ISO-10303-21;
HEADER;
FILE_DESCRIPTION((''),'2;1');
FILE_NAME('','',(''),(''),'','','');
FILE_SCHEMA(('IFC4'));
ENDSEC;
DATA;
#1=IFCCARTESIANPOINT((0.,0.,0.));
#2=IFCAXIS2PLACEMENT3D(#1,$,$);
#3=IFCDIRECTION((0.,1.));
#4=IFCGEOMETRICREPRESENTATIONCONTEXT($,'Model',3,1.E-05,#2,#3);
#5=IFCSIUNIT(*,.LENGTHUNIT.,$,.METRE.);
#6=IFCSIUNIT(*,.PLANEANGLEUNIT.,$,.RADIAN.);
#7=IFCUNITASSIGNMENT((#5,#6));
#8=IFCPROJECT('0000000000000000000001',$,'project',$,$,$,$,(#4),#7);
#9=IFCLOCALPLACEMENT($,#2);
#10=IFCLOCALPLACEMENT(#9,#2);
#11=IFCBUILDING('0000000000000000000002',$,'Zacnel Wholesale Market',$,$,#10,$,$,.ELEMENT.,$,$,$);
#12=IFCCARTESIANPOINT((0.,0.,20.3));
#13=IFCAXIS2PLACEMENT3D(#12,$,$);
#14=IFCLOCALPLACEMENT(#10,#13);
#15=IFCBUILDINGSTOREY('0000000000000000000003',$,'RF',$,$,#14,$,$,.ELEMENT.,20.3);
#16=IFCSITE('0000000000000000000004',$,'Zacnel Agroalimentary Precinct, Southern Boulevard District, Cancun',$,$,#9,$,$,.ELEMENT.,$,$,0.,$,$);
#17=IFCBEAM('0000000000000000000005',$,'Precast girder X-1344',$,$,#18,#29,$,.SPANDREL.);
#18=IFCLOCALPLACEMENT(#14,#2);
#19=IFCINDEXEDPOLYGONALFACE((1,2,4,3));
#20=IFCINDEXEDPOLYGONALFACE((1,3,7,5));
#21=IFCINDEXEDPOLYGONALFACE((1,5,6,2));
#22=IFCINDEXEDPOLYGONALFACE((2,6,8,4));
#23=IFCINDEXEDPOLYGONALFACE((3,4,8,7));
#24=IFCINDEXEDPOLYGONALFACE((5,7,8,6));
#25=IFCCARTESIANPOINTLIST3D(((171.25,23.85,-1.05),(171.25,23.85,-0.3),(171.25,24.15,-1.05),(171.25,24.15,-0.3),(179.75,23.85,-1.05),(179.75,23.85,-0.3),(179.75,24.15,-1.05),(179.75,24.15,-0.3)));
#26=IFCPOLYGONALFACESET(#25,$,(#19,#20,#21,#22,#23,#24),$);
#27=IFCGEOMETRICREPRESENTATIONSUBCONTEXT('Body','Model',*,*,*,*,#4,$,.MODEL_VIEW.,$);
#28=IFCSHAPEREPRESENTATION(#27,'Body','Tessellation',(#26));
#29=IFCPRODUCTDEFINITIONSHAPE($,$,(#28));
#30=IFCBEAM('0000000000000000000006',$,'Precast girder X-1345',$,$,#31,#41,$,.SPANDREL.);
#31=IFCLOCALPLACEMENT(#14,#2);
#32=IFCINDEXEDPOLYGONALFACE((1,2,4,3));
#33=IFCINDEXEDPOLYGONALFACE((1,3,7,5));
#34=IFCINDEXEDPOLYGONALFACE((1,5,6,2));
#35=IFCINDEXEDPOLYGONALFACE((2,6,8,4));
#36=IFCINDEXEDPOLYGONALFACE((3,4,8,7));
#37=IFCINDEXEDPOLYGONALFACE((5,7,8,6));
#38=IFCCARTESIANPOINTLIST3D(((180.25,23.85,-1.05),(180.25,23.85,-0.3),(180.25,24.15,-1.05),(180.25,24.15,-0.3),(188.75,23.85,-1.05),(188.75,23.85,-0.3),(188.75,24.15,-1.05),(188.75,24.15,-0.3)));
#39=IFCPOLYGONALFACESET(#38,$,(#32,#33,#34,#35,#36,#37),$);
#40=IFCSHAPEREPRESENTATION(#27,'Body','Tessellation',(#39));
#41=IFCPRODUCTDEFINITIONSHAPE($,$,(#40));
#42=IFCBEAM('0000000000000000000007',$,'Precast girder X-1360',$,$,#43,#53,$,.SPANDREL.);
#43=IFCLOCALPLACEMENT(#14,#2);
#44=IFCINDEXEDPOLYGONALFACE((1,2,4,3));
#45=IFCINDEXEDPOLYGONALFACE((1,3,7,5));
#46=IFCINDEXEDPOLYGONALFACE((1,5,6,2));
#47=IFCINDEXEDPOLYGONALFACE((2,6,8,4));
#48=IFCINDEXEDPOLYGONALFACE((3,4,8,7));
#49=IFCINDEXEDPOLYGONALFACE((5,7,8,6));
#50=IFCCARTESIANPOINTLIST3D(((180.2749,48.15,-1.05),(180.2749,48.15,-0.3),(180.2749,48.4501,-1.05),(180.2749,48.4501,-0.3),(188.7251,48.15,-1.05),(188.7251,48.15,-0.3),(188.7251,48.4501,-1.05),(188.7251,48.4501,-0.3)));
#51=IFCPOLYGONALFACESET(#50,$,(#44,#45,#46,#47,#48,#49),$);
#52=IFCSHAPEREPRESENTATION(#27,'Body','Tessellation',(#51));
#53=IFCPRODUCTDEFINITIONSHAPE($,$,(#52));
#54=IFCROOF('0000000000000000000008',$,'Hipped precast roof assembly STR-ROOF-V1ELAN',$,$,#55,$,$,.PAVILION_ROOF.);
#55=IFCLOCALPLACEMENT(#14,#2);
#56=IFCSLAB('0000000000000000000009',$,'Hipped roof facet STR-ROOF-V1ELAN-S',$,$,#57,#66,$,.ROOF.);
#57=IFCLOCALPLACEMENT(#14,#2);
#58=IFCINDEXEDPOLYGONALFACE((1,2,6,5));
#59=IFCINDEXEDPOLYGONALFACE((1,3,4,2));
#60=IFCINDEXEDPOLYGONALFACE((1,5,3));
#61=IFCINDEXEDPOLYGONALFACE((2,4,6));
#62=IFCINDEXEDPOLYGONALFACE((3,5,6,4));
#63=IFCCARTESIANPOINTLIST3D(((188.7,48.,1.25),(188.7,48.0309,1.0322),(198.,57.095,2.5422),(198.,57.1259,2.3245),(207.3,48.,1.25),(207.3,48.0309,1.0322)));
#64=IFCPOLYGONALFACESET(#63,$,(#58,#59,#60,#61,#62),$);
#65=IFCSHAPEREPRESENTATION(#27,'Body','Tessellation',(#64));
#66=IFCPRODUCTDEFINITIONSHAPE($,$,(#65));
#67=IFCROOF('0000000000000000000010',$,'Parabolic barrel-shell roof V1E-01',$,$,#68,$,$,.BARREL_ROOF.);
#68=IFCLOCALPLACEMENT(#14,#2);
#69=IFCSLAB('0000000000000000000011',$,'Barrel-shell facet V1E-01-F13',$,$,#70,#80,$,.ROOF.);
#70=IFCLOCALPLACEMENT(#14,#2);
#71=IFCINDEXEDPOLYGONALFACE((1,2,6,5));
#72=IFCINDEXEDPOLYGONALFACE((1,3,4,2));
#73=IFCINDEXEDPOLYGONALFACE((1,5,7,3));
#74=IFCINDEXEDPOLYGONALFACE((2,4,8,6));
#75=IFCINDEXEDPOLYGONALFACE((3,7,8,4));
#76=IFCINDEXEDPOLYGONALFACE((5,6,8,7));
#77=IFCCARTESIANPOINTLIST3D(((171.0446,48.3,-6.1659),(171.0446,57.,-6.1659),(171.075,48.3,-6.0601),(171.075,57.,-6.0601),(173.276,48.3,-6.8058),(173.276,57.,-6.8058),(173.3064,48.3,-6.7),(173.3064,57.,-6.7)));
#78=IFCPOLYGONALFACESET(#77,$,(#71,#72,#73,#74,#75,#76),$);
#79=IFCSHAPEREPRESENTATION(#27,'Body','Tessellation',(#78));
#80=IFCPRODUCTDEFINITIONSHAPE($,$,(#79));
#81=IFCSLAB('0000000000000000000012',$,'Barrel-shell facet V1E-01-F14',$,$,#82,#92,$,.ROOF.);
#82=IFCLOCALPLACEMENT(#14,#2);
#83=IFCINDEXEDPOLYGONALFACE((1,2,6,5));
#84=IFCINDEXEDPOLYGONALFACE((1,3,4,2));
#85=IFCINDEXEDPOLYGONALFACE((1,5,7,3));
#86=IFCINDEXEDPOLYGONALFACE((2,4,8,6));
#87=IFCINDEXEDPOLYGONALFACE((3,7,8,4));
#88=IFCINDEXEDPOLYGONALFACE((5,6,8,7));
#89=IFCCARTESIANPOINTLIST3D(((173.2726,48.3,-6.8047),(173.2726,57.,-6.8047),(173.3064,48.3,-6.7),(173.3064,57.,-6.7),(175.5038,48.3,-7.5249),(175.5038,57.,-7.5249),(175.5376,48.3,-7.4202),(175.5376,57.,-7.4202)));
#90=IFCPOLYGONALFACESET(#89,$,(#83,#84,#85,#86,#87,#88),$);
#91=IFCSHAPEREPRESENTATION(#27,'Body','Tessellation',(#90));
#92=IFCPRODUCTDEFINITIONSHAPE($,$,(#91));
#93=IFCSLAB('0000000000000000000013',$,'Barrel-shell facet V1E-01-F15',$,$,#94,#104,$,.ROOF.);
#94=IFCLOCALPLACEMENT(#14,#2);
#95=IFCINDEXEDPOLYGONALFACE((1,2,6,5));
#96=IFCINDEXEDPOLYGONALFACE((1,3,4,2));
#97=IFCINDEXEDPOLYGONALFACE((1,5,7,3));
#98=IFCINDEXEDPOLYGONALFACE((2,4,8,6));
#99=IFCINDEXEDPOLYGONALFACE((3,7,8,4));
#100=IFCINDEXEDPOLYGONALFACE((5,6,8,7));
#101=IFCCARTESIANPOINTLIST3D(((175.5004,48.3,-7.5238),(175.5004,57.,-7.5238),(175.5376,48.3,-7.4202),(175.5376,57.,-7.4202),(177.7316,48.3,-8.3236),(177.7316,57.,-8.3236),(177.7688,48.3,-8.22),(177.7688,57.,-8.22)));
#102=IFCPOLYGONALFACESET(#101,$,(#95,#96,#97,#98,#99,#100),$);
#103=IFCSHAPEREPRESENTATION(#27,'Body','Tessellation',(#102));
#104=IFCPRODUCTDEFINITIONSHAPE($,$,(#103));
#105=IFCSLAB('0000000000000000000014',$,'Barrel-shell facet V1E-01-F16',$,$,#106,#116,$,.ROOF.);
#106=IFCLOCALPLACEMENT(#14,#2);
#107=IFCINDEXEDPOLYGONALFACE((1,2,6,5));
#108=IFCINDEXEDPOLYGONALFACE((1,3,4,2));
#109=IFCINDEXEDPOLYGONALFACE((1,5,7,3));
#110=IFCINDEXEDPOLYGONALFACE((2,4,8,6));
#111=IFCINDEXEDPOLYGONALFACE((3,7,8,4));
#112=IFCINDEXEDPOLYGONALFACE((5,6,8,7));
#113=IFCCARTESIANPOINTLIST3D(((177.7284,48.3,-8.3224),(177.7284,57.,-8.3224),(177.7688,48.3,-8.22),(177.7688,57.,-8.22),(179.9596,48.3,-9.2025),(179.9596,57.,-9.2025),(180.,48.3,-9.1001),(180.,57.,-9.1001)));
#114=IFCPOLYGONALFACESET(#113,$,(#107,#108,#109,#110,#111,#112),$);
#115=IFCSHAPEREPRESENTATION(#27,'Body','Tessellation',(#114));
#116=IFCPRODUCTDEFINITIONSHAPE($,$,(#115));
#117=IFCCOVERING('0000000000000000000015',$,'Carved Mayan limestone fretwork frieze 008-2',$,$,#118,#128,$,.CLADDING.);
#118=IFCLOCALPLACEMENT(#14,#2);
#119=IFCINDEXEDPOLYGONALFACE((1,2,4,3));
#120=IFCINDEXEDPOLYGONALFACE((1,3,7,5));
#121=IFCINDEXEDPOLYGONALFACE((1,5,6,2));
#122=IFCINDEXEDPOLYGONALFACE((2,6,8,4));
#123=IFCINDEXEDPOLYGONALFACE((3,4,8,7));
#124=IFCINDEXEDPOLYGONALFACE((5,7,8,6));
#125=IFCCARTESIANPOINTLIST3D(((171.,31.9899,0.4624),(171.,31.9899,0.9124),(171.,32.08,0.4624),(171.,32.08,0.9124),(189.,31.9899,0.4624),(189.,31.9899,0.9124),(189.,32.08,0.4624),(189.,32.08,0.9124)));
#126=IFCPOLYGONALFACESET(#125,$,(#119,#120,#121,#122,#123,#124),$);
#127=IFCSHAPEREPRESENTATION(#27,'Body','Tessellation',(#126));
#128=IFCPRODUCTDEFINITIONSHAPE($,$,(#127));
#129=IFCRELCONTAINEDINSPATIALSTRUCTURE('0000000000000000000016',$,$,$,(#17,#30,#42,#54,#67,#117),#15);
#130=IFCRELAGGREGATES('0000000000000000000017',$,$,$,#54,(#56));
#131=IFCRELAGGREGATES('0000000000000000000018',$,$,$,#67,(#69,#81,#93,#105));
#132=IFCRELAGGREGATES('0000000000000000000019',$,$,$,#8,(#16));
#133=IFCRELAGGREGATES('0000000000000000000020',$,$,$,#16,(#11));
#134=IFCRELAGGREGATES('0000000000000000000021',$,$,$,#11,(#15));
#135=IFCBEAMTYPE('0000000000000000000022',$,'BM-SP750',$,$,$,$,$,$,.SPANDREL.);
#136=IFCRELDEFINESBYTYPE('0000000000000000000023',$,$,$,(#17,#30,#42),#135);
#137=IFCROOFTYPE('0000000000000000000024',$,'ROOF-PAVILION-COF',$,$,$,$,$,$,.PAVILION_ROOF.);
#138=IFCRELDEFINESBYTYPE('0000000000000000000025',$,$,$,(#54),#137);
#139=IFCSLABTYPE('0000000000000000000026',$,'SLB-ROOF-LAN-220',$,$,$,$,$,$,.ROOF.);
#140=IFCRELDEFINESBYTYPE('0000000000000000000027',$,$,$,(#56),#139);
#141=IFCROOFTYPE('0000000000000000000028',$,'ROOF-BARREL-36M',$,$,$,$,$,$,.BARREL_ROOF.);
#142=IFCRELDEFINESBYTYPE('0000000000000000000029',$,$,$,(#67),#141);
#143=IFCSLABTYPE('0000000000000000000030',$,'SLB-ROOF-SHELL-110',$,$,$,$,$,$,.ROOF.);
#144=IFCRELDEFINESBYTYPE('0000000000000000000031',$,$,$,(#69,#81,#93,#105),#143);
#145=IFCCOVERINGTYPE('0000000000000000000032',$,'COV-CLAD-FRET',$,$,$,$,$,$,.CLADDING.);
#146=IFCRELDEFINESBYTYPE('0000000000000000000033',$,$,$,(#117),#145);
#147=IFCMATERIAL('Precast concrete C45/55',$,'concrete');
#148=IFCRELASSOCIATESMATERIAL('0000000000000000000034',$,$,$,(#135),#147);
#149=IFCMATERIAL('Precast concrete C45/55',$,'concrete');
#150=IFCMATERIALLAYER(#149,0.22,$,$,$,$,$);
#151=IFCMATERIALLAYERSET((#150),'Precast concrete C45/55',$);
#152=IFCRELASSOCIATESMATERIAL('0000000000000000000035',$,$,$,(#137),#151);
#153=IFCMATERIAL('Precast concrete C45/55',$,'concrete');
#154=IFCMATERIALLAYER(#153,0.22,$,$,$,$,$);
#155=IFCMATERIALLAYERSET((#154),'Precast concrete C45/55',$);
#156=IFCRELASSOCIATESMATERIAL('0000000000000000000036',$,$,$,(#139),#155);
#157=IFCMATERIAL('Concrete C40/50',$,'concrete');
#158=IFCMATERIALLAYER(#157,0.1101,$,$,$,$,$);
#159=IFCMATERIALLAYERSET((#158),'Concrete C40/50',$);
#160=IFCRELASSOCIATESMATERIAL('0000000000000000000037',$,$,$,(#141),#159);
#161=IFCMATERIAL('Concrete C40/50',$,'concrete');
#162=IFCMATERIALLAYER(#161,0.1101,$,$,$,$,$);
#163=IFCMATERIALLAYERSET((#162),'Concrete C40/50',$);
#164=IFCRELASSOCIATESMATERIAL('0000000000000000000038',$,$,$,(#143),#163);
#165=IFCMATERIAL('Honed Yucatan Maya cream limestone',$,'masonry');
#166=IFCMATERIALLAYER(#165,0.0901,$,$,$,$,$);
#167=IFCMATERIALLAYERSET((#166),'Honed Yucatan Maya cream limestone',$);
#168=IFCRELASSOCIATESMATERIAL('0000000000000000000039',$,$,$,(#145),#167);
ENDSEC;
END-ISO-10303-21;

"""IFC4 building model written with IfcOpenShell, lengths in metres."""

from ifc_helpers import new_model, si_unit, direction, frame, origin, origin_2d, place, context, subcontext, project, spatial, polyline, rectangle, outline, extrude, material, layer, layer_set, material_profile, profile_set, type_object, element, aggregate, save


model = new_model("IFC4")

# Units and contexts
model_context = context("Model", 3, precision=1e-05, world=origin(), true_north=direction((0.0, 1.0)))
body_context = subcontext(model_context, "Body", "Model", "MODEL_VIEW")
ifc_project = project(units=[si_unit("LENGTHUNIT", "METRE"), si_unit("PLANEANGLEUNIT", "RADIAN")], contexts=[model_context])

# Site, building, storey
site_placement = place(None, origin())
site = spatial("IfcSite", under=ifc_project, at=site_placement, Name="Zacnel Agroalimentary Precinct, Southern Boulevard District, Cancun", CompositionType="ELEMENT", RefElevation=0.0)
building_placement = place(site_placement, origin())
building = spatial("IfcBuilding", under=site, at=building_placement, Name="Zacnel Wholesale Market", CompositionType="ELEMENT")
storey_placement = place(building_placement, frame((0.0, 0.0, 20.3)))
storey = spatial("IfcBuildingStorey", under=building, at=storey_placement, Name="RF", CompositionType="ELEMENT", Elevation=20.3)

# Beams
ifc_material_1 = material(Name="Precast concrete C45/55", Category="concrete")
ifc_material_profile_1 = material_profile(ifc_material_1, rectangle(XDim=0.3, YDim=0.75, at=origin_2d()), Name="SP 300x750")
ifc_profile_set_1 = profile_set([ifc_material_profile_1], Name="Precast concrete C45/55")
beam_type_1 = type_object("IfcBeamType", Name="BM-SP750", PredefinedType="SPANDREL", material=ifc_profile_set_1)
for number, where, z_axis, x_axis, name in (
    (1, (171.25, 24.0, -0.675), (1.0, 0.0, 0.0), (0.0, 1.0, 0.0), "Precast girder X-1344"),
    (2, (180.25, 24.0, -0.675), (1.0, 0.0, 0.0), (0.0, 1.0, 0.0), "Precast girder X-1345"),
):
    element("IfcBeam", number, at=place(storey_placement, frame(where, z_axis=z_axis, x_axis=x_axis)), inside=storey, type_object=beam_type_1, Name=name, PredefinedType="SPANDREL", context=body_context, shape_type="SweptSolid", body=[
        extrude(rectangle(XDim=0.3, YDim=0.75, at=origin_2d()), origin(), (0.0, 0.0, 1.0), 8.5),
    ])
beam_1_placement = place(storey_placement, frame((180.2749, 48.3, -0.675), z_axis=(1.0, 0.0, 0.0), x_axis=(0.0, 1.0, 0.0)))
element("IfcBeam", 3, at=beam_1_placement, inside=storey, type_object=beam_type_1, Name="Precast girder X-1360", PredefinedType="SPANDREL", context=body_context, shape_type="SweptSolid", body=[
    extrude(rectangle(XDim=0.3, YDim=0.75, at=origin_2d()), origin(), (0.0, 0.0, 1.0), 8.4502),
])

# Roof, slab
ifc_material_2 = material(Name="Precast concrete C45/55", Category="concrete")
ifc_layer_1 = layer(ifc_material_2, 0.22)
ifc_layer_set_1 = layer_set([ifc_layer_1], Name="Precast concrete C45/55")
roof_type_1 = type_object("IfcRoofType", Name="ROOF-PAVILION-COF", PredefinedType="PAVILION_ROOF", material=ifc_layer_set_1)
roof_1_placement = place(storey_placement, origin())
roof_1 = element("IfcRoof", 4, at=roof_1_placement, inside=storey, type_object=roof_type_1, Name="Hipped precast roof assembly STR-ROOF-V1ELAN", PredefinedType="PAVILION_ROOF")
ifc_material_3 = material(Name="Precast concrete C45/55", Category="concrete")
ifc_layer_2 = layer(ifc_material_3, 0.22)
ifc_layer_set_2 = layer_set([ifc_layer_2], Name="Precast concrete C45/55")
slab_type_1 = type_object("IfcSlabType", Name="SLB-ROOF-LAN-220", PredefinedType="ROOF", material=ifc_layer_set_2)
slab_1_placement = place(storey_placement, frame((188.7, 48.0, 1.25), z_axis=(0.0, -0.14067, 0.990057), x_axis=(1.0, 0.0, 0.0)))
slab_1 = element("IfcSlab", 5, at=slab_1_placement, type_object=slab_type_1, Name="Hipped roof facet STR-ROOF-V1ELAN-S", PredefinedType="ROOF", context=body_context, shape_type="SweptSolid", body=[
    extrude(outline(polyline([(0.0, 0.0), (18.6001, 0.0), (9.3, 9.1863), (0.0, 0.0)])), origin(), (0.0, 0.0, -1.0), 0.22),
])
aggregate(roof_1, [slab_1])

# Roof, slabs
ifc_material_4 = material(Name="Concrete C40/50", Category="concrete")
ifc_layer_3 = layer(ifc_material_4, 0.1101)
ifc_layer_set_3 = layer_set([ifc_layer_3], Name="Concrete C40/50")
roof_type_2 = type_object("IfcRoofType", Name="ROOF-BARREL-36M", PredefinedType="BARREL_ROOF", material=ifc_layer_set_3)
roof_2_placement = place(storey_placement, origin())
roof_2 = element("IfcRoof", 6, at=roof_2_placement, inside=storey, type_object=roof_type_2, Name="Parabolic barrel-shell roof V1E-01", PredefinedType="BARREL_ROOF")
ifc_material_5 = material(Name="Concrete C40/50", Category="concrete")
ifc_layer_4 = layer(ifc_material_5, 0.1101)
ifc_layer_set_4 = layer_set([ifc_layer_4], Name="Concrete C40/50")
slab_type_2 = type_object("IfcSlabType", Name="SLB-ROOF-SHELL-110", PredefinedType="ROOF", material=ifc_layer_set_4)
slab_2_placement = place(storey_placement, frame((171.075, 48.3, -6.0601), z_axis=(0.275652, 0.0, 0.961258), x_axis=(0.0, 1.0, 0.0)))
slab_2 = element("IfcSlab", 7, at=slab_2_placement, type_object=slab_type_2, Name="Barrel-shell facet V1E-01-F13", PredefinedType="ROOF", context=body_context, shape_type="SweptSolid", body=[
    extrude(outline(polyline([(0.0, 0.0), (8.7, 0.0), (8.7, -2.3214), (0.0, -2.3214), (0.0, 0.0)])), origin(), (0.0, 0.0, -1.0), 0.1101),
])
slab_3_placement = place(storey_placement, frame((173.3064, 48.3, -6.7), z_axis=(0.307185, 0.0, 0.95165), x_axis=(0.0, 1.0, 0.0)))
slab_3 = element("IfcSlab", 8, at=slab_3_placement, type_object=slab_type_2, Name="Barrel-shell facet V1E-01-F14", PredefinedType="ROOF", context=body_context, shape_type="SweptSolid", body=[
    extrude(outline(polyline([(0.0, 0.0), (8.7, 0.0), (8.7, -2.3446), (0.0, -2.3446), (0.0, 0.0)])), origin(), (0.0, 0.0, -1.0), 0.1101),
])
slab_4_placement = place(storey_placement, frame((175.5376, 48.3, -7.4202), z_axis=(0.337439, 0.0, 0.941347), x_axis=(0.0, 1.0, 0.0)))
slab_4 = element("IfcSlab", 9, at=slab_4_placement, type_object=slab_type_2, Name="Barrel-shell facet V1E-01-F15", PredefinedType="ROOF", context=body_context, shape_type="SweptSolid", body=[
    extrude(outline(polyline([(0.0, 0.0), (8.7, 0.0), (8.7, -2.3702), (0.0, -2.3702), (0.0, 0.0)])), origin(), (0.0, 0.0, -1.0), 0.1101),
])
slab_5_placement = place(storey_placement, frame((177.7688, 48.3, -8.22), z_axis=(0.366946, 0.0, 0.930242), x_axis=(0.0, 1.0, 0.0)))
slab_5 = element("IfcSlab", 10, at=slab_5_placement, type_object=slab_type_2, Name="Barrel-shell facet V1E-01-F16", PredefinedType="ROOF", context=body_context, shape_type="SweptSolid", body=[
    extrude(outline(polyline([(0.0, 0.0), (8.7, 0.0), (8.7, -2.3985), (0.0, -2.3985), (0.0, 0.0)])), origin(), (0.0, 0.0, -1.0), 0.1101),
])
aggregate(roof_2, [slab_2, slab_3, slab_4, slab_5])

# Covering
ifc_material_6 = material(Name="Honed Yucatan Maya cream limestone", Category="masonry")
ifc_layer_5 = layer(ifc_material_6, 0.0901)
ifc_layer_set_5 = layer_set([ifc_layer_5], Name="Honed Yucatan Maya cream limestone")
covering_type = type_object("IfcCoveringType", Name="COV-CLAD-FRET", PredefinedType="CLADDING", material=ifc_layer_set_5)
covering_placement = place(storey_placement, frame((180.0, 32.0349, 0.4624), z_axis=(0.0, 0.0, 1.0), x_axis=(1.0, 0.0, 0.0)))
element("IfcCovering", 11, at=covering_placement, inside=storey, type_object=covering_type, Name="Carved Mayan limestone fretwork frieze 008-2", PredefinedType="CLADDING", context=body_context, shape_type="SweptSolid", body=[
    extrude(rectangle(XDim=18.0, YDim=0.0901, at=origin_2d()), origin(), (0.0, 0.0, 1.0), 0.45),
])

save(model, "model.ifc")
